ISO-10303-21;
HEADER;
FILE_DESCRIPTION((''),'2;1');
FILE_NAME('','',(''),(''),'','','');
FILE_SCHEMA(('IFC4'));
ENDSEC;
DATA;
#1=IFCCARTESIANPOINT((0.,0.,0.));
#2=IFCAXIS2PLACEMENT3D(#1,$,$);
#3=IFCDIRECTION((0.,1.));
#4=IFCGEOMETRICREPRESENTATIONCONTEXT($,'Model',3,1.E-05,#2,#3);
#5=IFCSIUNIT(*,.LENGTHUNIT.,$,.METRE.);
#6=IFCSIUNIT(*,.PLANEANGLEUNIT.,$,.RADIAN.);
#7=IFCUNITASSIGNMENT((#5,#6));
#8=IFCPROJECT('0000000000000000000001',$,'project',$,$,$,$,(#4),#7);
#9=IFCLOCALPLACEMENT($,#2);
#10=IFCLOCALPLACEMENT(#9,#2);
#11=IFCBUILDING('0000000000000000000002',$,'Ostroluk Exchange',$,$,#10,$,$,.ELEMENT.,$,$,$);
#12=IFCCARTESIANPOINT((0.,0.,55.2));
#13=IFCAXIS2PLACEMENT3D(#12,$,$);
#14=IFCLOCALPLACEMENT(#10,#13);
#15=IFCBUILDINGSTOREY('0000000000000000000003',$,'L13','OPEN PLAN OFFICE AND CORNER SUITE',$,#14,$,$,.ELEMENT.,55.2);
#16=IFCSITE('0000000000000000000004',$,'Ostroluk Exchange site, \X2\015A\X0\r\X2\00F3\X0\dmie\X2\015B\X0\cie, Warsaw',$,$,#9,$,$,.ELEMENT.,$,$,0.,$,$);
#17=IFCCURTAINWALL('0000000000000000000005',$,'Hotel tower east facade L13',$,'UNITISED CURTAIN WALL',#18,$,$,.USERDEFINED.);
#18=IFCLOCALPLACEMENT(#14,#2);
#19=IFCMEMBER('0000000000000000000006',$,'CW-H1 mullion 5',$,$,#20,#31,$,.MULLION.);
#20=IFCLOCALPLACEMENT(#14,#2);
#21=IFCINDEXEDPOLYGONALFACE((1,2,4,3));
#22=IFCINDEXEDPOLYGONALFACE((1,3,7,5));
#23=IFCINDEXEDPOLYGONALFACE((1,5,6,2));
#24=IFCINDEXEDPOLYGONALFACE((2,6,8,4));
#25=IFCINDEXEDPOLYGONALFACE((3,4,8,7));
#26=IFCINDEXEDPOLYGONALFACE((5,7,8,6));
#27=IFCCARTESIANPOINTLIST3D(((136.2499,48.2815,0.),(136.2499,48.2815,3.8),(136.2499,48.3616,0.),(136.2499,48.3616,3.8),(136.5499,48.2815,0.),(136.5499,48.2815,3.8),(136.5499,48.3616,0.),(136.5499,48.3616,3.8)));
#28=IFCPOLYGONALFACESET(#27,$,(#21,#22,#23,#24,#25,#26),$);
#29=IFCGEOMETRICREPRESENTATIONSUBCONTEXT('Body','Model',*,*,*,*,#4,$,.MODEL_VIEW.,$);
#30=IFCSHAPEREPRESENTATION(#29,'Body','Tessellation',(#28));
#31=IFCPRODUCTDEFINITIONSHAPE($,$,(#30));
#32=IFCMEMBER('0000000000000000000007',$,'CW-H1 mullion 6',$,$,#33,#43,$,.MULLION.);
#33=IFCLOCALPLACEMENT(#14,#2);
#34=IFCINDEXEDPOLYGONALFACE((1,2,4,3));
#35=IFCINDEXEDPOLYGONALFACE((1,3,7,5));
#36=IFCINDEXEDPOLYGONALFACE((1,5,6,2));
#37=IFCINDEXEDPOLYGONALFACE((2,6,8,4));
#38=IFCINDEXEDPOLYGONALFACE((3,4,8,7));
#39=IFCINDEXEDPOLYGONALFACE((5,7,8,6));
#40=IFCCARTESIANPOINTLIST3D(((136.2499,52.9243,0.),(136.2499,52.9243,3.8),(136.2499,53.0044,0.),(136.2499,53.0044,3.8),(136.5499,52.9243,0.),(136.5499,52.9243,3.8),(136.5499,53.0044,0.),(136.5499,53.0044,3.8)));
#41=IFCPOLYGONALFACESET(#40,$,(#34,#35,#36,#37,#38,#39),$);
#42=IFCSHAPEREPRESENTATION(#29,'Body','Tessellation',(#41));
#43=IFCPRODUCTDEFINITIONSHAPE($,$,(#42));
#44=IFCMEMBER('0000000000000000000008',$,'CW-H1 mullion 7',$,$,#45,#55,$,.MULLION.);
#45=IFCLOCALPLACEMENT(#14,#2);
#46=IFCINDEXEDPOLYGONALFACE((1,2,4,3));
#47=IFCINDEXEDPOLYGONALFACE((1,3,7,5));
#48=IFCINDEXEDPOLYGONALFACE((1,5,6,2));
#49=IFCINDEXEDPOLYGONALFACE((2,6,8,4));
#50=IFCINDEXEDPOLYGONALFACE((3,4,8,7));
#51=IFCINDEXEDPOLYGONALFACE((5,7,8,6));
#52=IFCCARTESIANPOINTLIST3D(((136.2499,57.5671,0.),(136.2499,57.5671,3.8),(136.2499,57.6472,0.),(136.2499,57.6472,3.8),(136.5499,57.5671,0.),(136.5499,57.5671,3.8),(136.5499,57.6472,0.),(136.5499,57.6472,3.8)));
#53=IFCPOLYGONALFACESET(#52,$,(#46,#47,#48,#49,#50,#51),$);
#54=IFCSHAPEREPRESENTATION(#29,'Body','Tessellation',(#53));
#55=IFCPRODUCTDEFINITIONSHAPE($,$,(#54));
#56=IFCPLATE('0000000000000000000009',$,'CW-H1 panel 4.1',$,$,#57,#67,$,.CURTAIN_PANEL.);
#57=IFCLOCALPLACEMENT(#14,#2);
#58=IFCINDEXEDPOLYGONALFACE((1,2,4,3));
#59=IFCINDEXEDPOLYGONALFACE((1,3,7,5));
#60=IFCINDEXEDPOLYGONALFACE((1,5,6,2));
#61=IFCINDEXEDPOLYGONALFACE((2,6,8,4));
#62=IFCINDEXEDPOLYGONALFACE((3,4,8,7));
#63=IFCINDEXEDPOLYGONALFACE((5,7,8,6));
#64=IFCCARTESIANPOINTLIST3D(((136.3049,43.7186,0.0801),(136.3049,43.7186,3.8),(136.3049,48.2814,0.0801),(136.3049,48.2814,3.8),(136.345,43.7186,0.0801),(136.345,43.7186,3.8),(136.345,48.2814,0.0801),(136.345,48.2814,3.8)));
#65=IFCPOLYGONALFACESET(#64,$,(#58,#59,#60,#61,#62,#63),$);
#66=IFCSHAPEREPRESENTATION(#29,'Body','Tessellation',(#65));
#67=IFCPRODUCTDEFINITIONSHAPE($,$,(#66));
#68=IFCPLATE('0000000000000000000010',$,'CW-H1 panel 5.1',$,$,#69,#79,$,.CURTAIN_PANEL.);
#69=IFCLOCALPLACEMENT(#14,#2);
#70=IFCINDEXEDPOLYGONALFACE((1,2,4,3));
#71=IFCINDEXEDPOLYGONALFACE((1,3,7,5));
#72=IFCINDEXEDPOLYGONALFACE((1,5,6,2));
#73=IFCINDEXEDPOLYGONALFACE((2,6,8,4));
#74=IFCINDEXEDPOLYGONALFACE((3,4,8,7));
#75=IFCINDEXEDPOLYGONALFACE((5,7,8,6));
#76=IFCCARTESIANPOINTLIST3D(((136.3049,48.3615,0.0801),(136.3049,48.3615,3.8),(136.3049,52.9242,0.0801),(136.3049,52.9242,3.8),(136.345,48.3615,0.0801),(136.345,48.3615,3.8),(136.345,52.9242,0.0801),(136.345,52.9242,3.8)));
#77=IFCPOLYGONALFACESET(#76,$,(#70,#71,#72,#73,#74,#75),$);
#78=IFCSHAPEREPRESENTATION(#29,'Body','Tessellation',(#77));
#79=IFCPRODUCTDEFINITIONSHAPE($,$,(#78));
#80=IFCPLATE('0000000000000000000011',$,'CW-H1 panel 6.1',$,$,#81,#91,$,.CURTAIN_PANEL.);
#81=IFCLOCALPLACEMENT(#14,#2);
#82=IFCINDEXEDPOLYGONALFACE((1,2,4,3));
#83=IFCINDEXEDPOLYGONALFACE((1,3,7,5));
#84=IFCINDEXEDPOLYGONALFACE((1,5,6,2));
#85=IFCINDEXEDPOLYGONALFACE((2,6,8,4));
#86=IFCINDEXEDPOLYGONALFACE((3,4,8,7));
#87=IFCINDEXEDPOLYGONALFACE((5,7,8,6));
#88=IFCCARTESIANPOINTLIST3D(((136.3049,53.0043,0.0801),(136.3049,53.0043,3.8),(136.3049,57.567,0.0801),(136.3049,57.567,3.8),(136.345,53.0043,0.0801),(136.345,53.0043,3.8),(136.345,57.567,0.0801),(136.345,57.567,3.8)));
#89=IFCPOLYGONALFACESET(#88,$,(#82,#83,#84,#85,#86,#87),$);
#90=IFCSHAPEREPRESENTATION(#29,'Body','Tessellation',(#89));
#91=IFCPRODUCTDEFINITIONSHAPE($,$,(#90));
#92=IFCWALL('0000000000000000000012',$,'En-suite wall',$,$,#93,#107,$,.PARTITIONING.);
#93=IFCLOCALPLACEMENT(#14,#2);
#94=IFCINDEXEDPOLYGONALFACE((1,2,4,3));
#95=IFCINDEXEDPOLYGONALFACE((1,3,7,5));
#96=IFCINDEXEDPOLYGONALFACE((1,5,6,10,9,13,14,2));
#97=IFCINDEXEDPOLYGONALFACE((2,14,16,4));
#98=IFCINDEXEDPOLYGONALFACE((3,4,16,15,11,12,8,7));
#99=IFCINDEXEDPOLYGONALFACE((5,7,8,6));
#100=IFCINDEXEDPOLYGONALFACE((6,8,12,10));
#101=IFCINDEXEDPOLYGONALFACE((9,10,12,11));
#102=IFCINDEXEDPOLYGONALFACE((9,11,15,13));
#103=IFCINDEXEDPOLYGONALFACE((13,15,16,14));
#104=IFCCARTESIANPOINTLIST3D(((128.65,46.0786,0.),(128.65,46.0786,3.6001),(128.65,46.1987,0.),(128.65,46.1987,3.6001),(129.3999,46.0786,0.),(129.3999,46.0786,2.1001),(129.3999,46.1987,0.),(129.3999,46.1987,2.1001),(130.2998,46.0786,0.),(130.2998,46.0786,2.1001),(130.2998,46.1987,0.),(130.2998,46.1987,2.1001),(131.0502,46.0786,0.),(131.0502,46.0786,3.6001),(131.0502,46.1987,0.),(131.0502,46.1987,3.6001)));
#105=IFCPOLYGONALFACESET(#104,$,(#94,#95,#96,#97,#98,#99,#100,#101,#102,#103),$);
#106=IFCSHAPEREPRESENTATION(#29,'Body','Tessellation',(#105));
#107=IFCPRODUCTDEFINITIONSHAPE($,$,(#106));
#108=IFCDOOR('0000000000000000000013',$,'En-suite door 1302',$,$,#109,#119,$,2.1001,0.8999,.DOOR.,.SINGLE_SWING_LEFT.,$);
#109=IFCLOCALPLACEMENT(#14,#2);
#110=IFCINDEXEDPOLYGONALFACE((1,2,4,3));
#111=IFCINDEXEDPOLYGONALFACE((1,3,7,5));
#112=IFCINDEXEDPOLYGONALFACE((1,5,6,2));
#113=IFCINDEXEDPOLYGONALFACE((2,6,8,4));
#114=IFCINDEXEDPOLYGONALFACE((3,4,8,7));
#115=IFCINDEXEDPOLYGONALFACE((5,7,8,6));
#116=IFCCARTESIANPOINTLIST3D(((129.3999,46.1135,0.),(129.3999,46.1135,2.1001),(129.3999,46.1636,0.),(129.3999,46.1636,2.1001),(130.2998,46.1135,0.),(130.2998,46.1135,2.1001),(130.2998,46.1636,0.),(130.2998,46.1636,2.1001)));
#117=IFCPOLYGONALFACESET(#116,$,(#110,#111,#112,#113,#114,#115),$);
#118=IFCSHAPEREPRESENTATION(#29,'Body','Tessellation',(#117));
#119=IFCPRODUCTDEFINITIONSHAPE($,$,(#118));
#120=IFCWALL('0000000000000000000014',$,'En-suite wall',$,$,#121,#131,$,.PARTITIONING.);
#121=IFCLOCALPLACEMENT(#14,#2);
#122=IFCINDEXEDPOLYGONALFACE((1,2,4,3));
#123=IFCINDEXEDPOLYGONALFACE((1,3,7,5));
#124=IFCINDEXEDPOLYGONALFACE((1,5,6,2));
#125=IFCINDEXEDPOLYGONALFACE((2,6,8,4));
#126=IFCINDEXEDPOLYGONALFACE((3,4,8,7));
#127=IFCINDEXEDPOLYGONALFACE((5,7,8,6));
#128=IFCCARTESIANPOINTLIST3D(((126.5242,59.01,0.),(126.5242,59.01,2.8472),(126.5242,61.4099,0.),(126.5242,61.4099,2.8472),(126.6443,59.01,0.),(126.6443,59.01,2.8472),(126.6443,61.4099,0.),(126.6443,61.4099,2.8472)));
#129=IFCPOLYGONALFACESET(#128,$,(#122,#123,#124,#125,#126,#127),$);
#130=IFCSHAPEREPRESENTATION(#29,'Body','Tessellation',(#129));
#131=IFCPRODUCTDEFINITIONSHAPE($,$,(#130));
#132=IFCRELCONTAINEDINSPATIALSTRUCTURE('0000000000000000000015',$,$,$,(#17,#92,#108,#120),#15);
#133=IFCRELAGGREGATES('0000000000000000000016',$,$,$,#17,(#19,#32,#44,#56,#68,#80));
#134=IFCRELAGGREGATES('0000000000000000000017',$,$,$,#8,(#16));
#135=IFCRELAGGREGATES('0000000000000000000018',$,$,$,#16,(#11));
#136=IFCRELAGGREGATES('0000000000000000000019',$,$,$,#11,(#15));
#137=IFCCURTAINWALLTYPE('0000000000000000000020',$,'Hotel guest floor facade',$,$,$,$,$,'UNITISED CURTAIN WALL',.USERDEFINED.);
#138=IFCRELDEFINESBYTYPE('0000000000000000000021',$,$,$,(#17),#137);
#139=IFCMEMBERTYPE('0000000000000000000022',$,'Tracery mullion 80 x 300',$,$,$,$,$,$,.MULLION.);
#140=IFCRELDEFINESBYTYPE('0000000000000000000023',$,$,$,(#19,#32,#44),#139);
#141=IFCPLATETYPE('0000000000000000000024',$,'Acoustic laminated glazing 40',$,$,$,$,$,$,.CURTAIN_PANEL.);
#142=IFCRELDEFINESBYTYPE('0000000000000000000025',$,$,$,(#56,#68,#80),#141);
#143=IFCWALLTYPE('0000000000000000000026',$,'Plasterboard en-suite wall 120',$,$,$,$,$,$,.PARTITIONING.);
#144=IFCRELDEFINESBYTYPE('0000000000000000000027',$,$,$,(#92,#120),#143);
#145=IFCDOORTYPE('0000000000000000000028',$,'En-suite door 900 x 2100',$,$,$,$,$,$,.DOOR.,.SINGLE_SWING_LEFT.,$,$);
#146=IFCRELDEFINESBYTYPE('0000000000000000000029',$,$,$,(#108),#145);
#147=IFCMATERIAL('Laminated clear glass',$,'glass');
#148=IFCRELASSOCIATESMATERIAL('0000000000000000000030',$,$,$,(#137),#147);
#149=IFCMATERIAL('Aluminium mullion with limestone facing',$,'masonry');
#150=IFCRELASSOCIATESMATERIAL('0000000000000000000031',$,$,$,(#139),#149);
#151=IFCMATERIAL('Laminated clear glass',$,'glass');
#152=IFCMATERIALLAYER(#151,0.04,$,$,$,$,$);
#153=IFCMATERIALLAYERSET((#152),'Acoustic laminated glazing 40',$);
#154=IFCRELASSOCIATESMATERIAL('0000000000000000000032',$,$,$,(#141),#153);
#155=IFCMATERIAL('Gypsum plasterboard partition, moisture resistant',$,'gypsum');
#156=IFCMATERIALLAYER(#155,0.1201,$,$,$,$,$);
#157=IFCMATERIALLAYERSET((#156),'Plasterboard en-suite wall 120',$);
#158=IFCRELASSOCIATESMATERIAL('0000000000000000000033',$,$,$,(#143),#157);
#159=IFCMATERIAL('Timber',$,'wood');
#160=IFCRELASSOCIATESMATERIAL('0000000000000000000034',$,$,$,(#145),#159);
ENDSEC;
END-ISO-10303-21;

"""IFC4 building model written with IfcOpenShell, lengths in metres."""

from ifc_helpers import new_model, si_unit, direction, frame, frame_2d, origin, origin_2d, place, context, subcontext, project, spatial, rectangle, extrude, material, layer, layer_set, material_profile, profile_set, type_object, element, fill, aggregate, save


model = new_model("IFC4")

# Units and contexts
model_context = context("Model", 3, precision=1e-05, world=origin(), true_north=direction((0.0, 1.0)))
body_context = subcontext(model_context, "Body", "Model", "MODEL_VIEW")
ifc_project = project(units=[si_unit("LENGTHUNIT", "METRE"), si_unit("PLANEANGLEUNIT", "RADIAN")], contexts=[model_context])

# Site, building, storey
site_placement = place(None, origin())
site = spatial("IfcSite", under=ifc_project, at=site_placement, Name="Ostroluk Exchange site, Śródmieście, Warsaw", CompositionType="ELEMENT", RefElevation=0.0)
building_placement = place(site_placement, origin())
building = spatial("IfcBuilding", under=site, at=building_placement, Name="Ostroluk Exchange", CompositionType="ELEMENT")
storey_placement = place(building_placement, frame((0.0, 0.0, 55.2)))
storey = spatial("IfcBuildingStorey", under=building, at=storey_placement, Name="L13", Description="OPEN PLAN OFFICE AND CORNER SUITE", CompositionType="ELEMENT", Elevation=55.2)

# Curtain wall, members, plates
ifc_material_1 = material(Name="Laminated clear glass", Category="glass")
curtain_wall_type = type_object("IfcCurtainWallType", Name="Hotel guest floor facade", ElementType="UNITISED CURTAIN WALL", PredefinedType="USERDEFINED", material=ifc_material_1)
curtain_wall_placement = place(storey_placement, origin())
curtain_wall = element("IfcCurtainWall", 1, at=curtain_wall_placement, inside=storey, type_object=curtain_wall_type, Name="Hotel tower east facade L13", ObjectType="UNITISED CURTAIN WALL", PredefinedType="USERDEFINED")
ifc_material_2 = material(Name="Aluminium mullion with limestone facing", Category="masonry")
ifc_material_profile_1 = material_profile(ifc_material_2, rectangle(XDim=0.3, YDim=0.0801, at=origin_2d()), Name="Tracery mullion 80 x 300")
ifc_profile_set_1 = profile_set([ifc_material_profile_1], Name="Aluminium mullion with limestone facing")
member_type_1 = type_object("IfcMemberType", Name="Tracery mullion 80 x 300", PredefinedType="MULLION", material=ifc_profile_set_1)
member_1_placement = place(storey_placement, frame((136.3999, 48.3215, 0.0), z_axis=(0.0, 0.0, 1.0), x_axis=(-1.0, 0.0, 0.0)))
member_1 = element("IfcMember", 2, at=member_1_placement, type_object=member_type_1, Name="CW-H1 mullion 5", PredefinedType="MULLION", context=body_context, shape_type="SweptSolid", body=[
    extrude(rectangle(XDim=0.3, YDim=0.0801, at=origin_2d()), origin(), (0.0, 0.0, 1.0), 3.8),
])
member_2_placement = place(storey_placement, frame((136.3999, 52.9644, 0.0), z_axis=(0.0, 0.0, 1.0), x_axis=(-1.0, 0.0, 0.0)))
member_2 = element("IfcMember", 3, at=member_2_placement, type_object=member_type_1, Name="CW-H1 mullion 6", PredefinedType="MULLION", context=body_context, shape_type="SweptSolid", body=[
    extrude(rectangle(XDim=0.3, YDim=0.0801, at=origin_2d()), origin(), (0.0, 0.0, 1.0), 3.8),
])
member_3_placement = place(storey_placement, frame((136.3999, 57.6072, 0.0), z_axis=(0.0, 0.0, 1.0), x_axis=(-1.0, 0.0, 0.0)))
member_3 = element("IfcMember", 4, at=member_3_placement, type_object=member_type_1, Name="CW-H1 mullion 7", PredefinedType="MULLION", context=body_context, shape_type="SweptSolid", body=[
    extrude(rectangle(XDim=0.3, YDim=0.0801, at=origin_2d()), origin(), (0.0, 0.0, 1.0), 3.8),
])
ifc_material_3 = material(Name="Laminated clear glass", Category="glass")
ifc_layer_1 = layer(ifc_material_3, 0.04)
ifc_layer_set_1 = layer_set([ifc_layer_1], Name="Acoustic laminated glazing 40")
plate_type = type_object("IfcPlateType", Name="Acoustic laminated glazing 40", PredefinedType="CURTAIN_PANEL", material=ifc_layer_set_1)
plate_1_placement = place(storey_placement, frame((136.325, 46.0, 0.0801), z_axis=(0.0, 0.0, 1.0), x_axis=(0.0, 1.0, 0.0)))
plate_1 = element("IfcPlate", 5, at=plate_1_placement, type_object=plate_type, Name="CW-H1 panel 4.1", PredefinedType="CURTAIN_PANEL", context=body_context, shape_type="SweptSolid", body=[
    extrude(rectangle(XDim=4.5627, YDim=0.04, at=origin_2d()), origin(), (0.0, 0.0, 1.0), 3.72),
])
plate_2_placement = place(storey_placement, frame((136.325, 50.6428, 0.0801), z_axis=(0.0, 0.0, 1.0), x_axis=(0.0, 1.0, 0.0)))
plate_2 = element("IfcPlate", 6, at=plate_2_placement, type_object=plate_type, Name="CW-H1 panel 5.1", PredefinedType="CURTAIN_PANEL", context=body_context, shape_type="SweptSolid", body=[
    extrude(rectangle(XDim=4.5627, YDim=0.04, at=origin_2d()), origin(), (0.0, 0.0, 1.0), 3.72),
])
plate_3_placement = place(storey_placement, frame((136.325, 55.2856, 0.0801), z_axis=(0.0, 0.0, 1.0), x_axis=(0.0, 1.0, 0.0)))
plate_3 = element("IfcPlate", 7, at=plate_3_placement, type_object=plate_type, Name="CW-H1 panel 6.1", PredefinedType="CURTAIN_PANEL", context=body_context, shape_type="SweptSolid", body=[
    extrude(rectangle(XDim=4.5627, YDim=0.04, at=origin_2d()), origin(), (0.0, 0.0, 1.0), 3.72),
])
aggregate(curtain_wall, [member_1, member_2, member_3, plate_1, plate_2, plate_3])

# Wall, opening, door
ifc_material_4 = material(Name="Gypsum plasterboard partition, moisture resistant", Category="gypsum")
ifc_layer_2 = layer(ifc_material_4, 0.1201)
ifc_layer_set_2 = layer_set([ifc_layer_2], Name="Plasterboard en-suite wall 120")
wall_type_1 = type_object("IfcWallType", Name="Plasterboard en-suite wall 120", PredefinedType="PARTITIONING", material=ifc_layer_set_2)
wall_1_placement = place(storey_placement, frame((128.6499, 46.1387, 0.0), z_axis=(0.0, 0.0, 1.0), x_axis=(1.0, 0.0, 0.0)))
wall_1 = element("IfcWall", 8, at=wall_1_placement, inside=storey, type_object=wall_type_1, Name="En-suite wall", PredefinedType="PARTITIONING", context=body_context, shape_type="SweptSolid", body=[
    extrude(rectangle(XDim=2.4001, YDim=0.1201, at=frame_2d((1.2002, 0.0))), origin(), (0.0, 0.0, 1.0), 3.6001),
])
opening_1_placement = place(wall_1_placement, frame((0.75, 0.0, 0.0)))
opening_1 = element("IfcOpeningElement", 9, at=opening_1_placement, cuts=wall_1, PredefinedType="OPENING", context=body_context, shape_type="SweptSolid", body=[
    extrude(rectangle(XDim=0.8999, YDim=2.1001, at=frame_2d((0.45, 1.05))), frame((0.0, 0.0701, 0.0), z_axis=(0.0, -1.0, 0.0), x_axis=(1.0, 0.0, 0.0)), (0.0, 0.0, 1.0), 0.1401),
])
ifc_material_5 = material(Name="Timber", Category="wood")
door_type_1 = type_object("IfcDoorType", Name="En-suite door 900 x 2100", OperationType="SINGLE_SWING_LEFT", PredefinedType="DOOR", material=ifc_material_5)
door_1_placement = place(opening_1_placement, origin())
door_1 = element("IfcDoor", 10, at=door_1_placement, inside=storey, type_object=door_type_1, Name="En-suite door 1302", OperationType="SINGLE_SWING_LEFT", OverallHeight=2.1001, OverallWidth=0.8999, PredefinedType="DOOR", context=body_context, shape_type="SweptSolid", body=[
    extrude(rectangle(XDim=0.8999, YDim=2.1001, at=frame_2d((0.45, 1.05))), frame((0.0, 0.0249, 0.0), z_axis=(0.0, -1.0, 0.0), x_axis=(1.0, 0.0, 0.0)), (0.0, 0.0, 1.0), 0.05),
])
fill(opening_1, door_1)

# Wall
wall_2_placement = place(storey_placement, frame((126.5842, 59.01, 0.0), z_axis=(0.0, 0.0, 1.0), x_axis=(0.0, 1.0, 0.0)))
element("IfcWall", 11, at=wall_2_placement, inside=storey, type_object=wall_type_1, Name="En-suite wall", PredefinedType="PARTITIONING", context=body_context, shape_type="SweptSolid", body=[
    extrude(rectangle(XDim=2.3999, YDim=0.1201, at=frame_2d((1.2, 0.0))), origin(), (0.0, 0.0, 1.0), 2.8472),
])

save(model, "model.ifc")
